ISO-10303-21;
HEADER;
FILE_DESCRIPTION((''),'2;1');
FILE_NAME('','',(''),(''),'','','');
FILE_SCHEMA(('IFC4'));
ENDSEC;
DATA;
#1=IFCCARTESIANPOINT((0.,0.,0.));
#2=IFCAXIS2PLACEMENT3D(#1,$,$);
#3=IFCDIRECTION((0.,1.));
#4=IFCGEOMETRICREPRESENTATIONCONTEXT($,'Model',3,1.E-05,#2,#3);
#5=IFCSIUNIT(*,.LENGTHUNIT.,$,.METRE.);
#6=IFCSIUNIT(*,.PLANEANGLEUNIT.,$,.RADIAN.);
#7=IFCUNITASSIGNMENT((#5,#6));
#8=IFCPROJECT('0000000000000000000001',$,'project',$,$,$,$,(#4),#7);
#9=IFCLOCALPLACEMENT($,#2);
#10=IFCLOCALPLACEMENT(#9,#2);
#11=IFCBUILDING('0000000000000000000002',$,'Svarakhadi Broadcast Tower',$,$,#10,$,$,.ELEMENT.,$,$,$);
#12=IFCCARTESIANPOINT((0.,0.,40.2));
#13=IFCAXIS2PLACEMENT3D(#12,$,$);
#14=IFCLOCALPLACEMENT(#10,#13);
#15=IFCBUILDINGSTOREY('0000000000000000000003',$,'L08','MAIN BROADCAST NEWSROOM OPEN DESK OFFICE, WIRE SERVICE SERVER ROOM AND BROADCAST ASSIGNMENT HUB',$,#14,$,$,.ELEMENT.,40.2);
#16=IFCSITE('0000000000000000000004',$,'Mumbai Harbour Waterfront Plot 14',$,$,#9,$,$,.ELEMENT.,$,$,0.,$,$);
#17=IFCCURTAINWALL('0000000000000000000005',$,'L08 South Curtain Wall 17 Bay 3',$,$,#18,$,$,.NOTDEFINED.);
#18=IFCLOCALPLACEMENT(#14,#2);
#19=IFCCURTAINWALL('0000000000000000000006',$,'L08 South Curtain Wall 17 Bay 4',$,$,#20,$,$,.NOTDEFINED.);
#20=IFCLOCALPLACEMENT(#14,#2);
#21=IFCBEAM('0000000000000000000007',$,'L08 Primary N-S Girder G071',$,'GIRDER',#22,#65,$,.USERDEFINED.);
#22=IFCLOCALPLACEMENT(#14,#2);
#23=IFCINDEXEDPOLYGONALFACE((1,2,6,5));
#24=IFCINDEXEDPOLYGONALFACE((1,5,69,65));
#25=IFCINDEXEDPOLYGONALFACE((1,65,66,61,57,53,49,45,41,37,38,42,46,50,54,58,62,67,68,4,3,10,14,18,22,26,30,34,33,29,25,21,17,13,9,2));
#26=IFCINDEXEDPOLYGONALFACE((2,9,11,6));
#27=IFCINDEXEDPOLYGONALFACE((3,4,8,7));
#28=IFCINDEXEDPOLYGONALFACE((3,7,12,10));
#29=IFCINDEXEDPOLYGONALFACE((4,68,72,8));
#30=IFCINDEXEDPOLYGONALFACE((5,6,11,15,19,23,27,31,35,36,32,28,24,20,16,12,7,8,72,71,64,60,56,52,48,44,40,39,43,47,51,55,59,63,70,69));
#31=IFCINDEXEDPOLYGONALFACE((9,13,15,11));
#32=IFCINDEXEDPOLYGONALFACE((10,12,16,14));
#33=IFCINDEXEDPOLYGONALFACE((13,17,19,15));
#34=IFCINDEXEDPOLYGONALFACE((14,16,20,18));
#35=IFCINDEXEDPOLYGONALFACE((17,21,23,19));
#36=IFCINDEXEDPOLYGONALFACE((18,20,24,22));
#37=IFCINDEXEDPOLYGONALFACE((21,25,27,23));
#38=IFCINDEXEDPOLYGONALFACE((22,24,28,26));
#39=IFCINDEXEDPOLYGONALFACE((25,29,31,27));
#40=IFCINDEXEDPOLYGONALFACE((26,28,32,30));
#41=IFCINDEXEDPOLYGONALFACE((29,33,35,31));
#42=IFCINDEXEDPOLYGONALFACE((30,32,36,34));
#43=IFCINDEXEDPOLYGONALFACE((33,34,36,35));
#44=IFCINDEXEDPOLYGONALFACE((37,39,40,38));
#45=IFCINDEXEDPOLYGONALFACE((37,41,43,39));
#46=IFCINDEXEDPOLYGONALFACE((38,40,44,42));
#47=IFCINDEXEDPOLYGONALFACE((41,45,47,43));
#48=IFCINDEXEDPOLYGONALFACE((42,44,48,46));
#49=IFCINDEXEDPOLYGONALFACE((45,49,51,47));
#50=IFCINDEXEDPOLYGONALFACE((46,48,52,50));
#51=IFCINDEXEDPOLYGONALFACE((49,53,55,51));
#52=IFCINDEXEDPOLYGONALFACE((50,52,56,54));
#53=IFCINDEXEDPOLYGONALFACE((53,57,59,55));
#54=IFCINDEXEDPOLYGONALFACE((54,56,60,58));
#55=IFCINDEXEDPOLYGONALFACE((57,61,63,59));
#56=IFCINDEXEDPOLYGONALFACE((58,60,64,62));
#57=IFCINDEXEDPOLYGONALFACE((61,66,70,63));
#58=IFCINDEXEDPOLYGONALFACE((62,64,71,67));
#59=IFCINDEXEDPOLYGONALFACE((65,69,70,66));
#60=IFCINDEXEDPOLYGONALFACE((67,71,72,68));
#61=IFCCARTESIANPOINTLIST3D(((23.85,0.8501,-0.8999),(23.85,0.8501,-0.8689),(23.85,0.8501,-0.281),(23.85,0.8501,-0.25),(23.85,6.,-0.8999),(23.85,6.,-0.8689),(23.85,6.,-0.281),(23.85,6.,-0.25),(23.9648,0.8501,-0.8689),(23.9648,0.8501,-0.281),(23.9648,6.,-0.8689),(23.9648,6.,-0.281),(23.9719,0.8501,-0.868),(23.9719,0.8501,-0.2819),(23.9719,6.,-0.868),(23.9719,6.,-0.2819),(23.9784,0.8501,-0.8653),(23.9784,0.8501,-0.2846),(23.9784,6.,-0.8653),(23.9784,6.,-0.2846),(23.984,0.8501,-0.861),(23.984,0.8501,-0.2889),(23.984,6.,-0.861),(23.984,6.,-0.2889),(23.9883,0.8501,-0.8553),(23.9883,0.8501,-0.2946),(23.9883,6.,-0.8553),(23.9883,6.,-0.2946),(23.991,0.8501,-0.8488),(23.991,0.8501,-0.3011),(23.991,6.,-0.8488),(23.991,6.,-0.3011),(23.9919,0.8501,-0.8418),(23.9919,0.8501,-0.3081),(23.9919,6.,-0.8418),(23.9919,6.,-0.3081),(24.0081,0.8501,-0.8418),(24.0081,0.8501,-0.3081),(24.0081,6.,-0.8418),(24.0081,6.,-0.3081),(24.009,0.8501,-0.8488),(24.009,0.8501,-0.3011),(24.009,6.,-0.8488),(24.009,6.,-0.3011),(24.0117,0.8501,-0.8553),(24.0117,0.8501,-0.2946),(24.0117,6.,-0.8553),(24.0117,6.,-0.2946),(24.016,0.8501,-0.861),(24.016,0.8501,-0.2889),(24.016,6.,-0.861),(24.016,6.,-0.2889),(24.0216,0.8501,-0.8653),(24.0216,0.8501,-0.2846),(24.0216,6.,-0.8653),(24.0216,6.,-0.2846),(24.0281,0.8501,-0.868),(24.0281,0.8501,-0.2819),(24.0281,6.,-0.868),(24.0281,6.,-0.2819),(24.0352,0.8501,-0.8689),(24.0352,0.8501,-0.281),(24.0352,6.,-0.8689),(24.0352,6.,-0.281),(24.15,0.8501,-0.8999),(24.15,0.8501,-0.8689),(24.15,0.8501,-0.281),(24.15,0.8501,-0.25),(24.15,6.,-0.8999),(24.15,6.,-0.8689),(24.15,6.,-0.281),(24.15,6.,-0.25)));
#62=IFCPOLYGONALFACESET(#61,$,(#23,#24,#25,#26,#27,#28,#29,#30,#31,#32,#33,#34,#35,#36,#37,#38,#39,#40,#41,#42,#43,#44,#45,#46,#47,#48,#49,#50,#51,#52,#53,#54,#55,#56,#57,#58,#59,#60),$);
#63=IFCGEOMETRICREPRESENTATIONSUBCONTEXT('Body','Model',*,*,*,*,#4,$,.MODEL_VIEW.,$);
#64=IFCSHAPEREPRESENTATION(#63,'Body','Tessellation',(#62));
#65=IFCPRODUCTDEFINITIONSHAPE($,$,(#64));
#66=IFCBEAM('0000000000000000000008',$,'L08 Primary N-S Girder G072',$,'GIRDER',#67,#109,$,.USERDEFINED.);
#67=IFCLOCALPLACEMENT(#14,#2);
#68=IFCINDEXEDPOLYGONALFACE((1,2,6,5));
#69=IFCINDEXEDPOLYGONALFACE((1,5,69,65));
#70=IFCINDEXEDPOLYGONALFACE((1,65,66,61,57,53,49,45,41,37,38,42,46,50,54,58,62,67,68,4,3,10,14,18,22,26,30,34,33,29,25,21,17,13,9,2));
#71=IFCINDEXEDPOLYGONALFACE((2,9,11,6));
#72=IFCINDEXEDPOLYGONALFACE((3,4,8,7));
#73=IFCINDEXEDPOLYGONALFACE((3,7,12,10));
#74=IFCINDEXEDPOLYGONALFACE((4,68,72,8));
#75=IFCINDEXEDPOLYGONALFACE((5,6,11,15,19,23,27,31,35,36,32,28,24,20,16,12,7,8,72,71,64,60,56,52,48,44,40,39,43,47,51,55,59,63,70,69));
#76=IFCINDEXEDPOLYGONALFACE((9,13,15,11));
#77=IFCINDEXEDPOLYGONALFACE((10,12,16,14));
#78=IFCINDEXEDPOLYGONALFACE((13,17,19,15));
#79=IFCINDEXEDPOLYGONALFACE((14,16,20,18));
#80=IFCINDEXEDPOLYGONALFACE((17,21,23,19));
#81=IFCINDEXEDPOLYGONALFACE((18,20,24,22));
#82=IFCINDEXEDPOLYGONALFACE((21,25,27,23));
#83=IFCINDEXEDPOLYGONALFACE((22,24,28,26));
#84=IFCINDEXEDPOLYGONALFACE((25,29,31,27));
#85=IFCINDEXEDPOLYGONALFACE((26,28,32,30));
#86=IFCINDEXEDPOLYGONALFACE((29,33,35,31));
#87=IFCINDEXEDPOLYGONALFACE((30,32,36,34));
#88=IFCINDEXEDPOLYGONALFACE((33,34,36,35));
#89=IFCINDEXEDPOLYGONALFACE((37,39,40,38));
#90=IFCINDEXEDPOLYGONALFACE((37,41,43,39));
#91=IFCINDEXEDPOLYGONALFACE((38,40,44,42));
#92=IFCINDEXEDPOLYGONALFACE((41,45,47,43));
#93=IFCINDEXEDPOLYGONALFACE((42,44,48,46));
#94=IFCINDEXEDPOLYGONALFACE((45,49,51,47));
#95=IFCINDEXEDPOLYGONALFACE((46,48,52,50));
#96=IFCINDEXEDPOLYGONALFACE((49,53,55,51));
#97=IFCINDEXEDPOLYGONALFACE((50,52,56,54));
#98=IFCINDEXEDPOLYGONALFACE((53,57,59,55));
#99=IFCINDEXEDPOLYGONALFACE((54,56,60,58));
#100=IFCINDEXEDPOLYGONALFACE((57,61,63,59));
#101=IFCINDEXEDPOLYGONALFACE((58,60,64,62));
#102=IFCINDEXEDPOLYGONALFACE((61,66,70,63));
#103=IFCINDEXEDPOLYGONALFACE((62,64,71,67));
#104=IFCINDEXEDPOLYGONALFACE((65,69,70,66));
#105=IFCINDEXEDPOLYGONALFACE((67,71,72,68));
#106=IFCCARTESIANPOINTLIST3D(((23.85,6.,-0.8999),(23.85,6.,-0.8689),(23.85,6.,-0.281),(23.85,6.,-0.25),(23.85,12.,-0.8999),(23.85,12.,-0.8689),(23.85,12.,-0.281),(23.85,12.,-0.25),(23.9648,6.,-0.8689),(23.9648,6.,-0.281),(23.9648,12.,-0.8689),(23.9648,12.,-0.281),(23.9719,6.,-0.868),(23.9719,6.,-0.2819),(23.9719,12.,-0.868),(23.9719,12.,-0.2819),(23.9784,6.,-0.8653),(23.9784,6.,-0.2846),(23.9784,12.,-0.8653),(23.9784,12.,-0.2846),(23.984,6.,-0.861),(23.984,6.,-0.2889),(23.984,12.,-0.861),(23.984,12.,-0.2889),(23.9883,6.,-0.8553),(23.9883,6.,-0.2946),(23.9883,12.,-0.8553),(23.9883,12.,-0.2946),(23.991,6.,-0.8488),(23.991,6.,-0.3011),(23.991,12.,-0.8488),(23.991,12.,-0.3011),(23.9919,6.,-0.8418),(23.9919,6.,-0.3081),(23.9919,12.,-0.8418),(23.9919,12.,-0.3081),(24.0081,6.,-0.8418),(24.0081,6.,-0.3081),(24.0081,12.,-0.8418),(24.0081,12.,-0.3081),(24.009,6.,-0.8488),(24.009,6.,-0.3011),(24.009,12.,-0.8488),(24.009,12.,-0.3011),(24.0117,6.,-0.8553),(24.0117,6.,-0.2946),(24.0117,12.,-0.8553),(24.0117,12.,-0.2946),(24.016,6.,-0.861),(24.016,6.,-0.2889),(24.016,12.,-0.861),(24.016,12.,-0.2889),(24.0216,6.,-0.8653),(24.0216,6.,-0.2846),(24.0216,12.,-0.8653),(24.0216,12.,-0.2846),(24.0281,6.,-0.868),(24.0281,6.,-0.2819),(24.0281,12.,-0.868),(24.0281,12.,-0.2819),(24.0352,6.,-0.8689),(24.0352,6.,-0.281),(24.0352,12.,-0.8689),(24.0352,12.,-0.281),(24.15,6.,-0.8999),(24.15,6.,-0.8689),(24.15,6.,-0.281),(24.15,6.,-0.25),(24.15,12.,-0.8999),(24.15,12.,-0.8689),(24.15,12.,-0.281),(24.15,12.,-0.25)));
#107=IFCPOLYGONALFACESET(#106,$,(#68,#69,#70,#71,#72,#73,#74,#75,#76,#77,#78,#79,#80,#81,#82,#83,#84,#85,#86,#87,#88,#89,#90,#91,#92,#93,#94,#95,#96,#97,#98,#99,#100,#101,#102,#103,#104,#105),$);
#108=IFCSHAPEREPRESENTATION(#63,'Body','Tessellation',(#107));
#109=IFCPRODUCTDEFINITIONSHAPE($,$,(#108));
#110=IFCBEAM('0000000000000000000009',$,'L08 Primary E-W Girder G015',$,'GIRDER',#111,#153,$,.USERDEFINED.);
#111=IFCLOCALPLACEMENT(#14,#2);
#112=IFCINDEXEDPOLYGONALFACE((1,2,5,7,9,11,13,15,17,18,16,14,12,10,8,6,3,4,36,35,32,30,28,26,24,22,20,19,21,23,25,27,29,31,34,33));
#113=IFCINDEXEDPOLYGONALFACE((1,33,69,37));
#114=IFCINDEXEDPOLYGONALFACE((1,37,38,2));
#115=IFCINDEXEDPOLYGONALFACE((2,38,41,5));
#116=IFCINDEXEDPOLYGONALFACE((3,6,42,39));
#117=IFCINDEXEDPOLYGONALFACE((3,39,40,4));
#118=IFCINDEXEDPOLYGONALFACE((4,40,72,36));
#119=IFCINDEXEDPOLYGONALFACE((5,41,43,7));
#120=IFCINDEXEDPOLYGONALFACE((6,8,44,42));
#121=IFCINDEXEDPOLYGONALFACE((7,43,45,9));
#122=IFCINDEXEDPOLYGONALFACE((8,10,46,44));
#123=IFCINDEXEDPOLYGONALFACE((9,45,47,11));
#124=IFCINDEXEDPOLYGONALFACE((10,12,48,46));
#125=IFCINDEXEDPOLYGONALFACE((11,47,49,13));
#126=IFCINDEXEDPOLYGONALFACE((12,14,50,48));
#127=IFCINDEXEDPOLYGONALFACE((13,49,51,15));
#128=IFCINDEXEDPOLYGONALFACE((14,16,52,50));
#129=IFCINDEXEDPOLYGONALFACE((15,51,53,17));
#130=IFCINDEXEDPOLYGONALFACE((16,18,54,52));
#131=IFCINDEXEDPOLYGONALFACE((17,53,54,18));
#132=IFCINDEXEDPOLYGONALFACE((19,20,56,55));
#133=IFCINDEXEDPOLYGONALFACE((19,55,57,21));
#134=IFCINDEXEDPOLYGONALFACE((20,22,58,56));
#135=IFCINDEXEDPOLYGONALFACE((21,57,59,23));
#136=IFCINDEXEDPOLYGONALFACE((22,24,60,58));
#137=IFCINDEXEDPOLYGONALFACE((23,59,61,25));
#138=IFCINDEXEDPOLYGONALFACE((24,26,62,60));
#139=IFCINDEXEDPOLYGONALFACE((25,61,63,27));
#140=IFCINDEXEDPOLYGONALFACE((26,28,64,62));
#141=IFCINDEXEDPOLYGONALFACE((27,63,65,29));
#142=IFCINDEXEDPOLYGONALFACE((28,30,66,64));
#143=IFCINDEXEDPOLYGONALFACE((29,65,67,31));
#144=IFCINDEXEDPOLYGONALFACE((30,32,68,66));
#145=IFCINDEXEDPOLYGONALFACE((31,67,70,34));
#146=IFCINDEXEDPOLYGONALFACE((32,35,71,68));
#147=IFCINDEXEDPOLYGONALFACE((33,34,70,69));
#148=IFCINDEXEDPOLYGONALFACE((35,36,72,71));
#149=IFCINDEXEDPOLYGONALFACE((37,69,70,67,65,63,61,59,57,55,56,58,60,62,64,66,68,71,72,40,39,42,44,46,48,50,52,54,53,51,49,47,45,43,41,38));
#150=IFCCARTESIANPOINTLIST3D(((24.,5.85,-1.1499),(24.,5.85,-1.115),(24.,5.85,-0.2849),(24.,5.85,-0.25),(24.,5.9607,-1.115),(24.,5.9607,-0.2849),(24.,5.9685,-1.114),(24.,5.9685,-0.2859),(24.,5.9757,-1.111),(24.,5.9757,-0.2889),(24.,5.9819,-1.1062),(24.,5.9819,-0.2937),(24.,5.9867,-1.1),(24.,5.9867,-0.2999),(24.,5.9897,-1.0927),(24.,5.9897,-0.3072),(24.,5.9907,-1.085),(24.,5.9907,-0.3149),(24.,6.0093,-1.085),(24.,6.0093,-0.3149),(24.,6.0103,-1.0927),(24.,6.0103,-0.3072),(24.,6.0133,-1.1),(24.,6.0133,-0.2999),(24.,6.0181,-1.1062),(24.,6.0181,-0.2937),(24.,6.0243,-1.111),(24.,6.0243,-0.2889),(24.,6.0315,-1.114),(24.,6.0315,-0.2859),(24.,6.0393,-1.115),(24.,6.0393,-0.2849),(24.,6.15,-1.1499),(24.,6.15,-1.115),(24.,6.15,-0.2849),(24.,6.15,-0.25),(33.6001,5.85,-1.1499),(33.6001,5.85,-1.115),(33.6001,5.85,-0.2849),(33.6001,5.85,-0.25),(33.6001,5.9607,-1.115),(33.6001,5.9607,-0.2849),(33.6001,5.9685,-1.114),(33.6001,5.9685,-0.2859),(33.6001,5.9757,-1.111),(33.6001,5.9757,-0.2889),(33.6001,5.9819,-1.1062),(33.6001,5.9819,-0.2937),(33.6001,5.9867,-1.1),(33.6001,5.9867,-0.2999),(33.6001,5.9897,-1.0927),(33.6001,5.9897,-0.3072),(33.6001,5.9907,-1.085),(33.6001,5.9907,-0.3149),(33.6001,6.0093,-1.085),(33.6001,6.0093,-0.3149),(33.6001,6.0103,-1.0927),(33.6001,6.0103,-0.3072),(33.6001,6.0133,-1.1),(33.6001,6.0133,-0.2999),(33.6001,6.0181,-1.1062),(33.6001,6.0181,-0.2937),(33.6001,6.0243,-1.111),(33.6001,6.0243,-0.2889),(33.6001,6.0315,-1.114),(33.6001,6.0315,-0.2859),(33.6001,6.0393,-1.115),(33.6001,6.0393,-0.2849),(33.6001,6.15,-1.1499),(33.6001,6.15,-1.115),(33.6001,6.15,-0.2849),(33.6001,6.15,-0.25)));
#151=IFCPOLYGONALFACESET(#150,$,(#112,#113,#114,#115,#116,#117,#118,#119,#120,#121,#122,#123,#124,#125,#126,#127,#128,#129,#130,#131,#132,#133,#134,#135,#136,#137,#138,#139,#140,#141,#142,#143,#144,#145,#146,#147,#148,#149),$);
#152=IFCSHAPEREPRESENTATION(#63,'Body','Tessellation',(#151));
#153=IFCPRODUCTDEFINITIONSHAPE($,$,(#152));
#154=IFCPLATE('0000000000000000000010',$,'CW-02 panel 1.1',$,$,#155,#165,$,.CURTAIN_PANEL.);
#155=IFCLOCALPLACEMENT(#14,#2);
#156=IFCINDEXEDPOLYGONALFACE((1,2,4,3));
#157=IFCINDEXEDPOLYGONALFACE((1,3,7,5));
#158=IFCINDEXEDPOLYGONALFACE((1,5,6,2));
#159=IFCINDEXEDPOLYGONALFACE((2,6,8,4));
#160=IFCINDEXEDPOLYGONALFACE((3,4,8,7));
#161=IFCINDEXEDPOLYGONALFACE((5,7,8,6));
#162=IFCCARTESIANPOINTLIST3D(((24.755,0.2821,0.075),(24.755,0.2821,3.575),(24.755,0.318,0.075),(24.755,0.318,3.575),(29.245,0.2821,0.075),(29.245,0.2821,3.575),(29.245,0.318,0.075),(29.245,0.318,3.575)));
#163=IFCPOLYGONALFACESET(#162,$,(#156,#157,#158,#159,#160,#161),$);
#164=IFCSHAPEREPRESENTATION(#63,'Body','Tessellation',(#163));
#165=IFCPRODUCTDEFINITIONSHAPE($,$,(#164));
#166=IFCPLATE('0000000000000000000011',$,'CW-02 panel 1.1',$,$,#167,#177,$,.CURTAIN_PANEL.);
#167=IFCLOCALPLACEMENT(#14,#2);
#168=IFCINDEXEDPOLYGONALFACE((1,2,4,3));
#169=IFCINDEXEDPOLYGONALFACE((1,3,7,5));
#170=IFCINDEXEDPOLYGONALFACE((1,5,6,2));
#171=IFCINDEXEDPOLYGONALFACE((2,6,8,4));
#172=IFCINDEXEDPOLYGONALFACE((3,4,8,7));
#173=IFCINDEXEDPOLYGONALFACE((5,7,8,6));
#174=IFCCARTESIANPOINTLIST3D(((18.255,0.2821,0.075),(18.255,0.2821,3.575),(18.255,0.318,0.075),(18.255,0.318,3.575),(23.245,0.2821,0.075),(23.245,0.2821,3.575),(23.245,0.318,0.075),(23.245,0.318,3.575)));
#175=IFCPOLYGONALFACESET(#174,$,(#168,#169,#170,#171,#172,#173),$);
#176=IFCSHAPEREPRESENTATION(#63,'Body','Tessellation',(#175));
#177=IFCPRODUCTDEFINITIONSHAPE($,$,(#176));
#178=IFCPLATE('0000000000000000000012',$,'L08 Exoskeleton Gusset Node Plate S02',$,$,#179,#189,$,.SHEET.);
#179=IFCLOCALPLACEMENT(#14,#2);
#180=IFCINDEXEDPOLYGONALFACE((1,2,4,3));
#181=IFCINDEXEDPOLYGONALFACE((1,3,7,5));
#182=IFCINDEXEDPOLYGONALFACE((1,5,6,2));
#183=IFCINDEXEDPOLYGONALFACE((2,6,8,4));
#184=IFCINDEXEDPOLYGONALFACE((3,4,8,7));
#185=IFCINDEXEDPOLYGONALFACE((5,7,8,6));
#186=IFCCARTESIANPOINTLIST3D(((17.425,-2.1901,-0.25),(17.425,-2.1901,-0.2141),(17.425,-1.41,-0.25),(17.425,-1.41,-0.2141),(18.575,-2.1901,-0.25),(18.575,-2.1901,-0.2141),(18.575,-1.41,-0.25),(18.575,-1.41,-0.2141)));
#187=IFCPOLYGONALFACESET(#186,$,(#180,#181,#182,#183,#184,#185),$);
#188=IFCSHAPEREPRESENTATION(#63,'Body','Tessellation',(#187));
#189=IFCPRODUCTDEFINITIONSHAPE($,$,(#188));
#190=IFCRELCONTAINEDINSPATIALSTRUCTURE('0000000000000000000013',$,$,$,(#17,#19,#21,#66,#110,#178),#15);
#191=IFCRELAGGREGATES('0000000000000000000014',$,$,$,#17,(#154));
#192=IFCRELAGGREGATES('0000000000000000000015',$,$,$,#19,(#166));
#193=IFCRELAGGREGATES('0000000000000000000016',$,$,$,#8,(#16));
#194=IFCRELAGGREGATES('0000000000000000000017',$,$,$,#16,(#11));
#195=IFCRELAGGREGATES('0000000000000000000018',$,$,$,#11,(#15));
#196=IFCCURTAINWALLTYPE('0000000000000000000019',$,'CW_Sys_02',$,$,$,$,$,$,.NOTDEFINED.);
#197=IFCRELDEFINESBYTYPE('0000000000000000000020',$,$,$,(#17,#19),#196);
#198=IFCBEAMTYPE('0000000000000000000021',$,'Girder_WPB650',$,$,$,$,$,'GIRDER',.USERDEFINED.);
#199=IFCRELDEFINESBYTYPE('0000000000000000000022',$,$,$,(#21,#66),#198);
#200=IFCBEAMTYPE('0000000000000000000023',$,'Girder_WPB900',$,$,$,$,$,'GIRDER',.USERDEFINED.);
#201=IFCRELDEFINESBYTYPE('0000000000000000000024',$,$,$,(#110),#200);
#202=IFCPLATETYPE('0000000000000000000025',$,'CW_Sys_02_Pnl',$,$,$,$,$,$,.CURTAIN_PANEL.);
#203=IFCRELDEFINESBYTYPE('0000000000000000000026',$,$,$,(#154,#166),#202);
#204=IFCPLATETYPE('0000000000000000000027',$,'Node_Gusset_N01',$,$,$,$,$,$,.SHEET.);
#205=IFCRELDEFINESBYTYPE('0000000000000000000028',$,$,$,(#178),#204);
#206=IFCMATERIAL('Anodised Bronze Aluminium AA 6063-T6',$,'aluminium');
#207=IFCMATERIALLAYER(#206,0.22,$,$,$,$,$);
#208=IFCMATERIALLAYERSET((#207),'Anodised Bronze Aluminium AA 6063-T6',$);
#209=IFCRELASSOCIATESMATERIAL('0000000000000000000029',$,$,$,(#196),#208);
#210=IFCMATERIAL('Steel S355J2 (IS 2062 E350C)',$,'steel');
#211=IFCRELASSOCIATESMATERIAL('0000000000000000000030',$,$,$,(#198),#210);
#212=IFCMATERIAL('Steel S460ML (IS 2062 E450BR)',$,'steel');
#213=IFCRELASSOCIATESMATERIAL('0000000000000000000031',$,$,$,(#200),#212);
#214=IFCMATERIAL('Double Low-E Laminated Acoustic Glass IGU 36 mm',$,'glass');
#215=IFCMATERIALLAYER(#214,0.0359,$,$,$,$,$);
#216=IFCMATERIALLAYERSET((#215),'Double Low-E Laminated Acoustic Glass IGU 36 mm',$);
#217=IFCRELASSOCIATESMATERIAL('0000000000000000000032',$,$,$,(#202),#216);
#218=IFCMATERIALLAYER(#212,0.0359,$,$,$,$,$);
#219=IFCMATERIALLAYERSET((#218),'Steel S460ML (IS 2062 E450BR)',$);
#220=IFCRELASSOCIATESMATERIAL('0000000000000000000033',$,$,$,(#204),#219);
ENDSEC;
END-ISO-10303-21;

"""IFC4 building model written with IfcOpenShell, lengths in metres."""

from ifc_helpers import new_model, si_unit, direction, frame, origin, origin_2d, place, context, subcontext, project, spatial, rectangle, i_section, extrude, material, layer, layer_set, material_profile, profile_set, type_object, element, aggregate, save


model = new_model("IFC4")

# Units and contexts
model_context = context("Model", 3, precision=1e-05, world=origin(), true_north=direction((0.0, 1.0)))
body_context = subcontext(model_context, "Body", "Model", "MODEL_VIEW")
ifc_project = project(units=[si_unit("LENGTHUNIT", "METRE"), si_unit("PLANEANGLEUNIT", "RADIAN")], contexts=[model_context])

# Site, building, storey
site_placement = place(None, origin())
site = spatial("IfcSite", under=ifc_project, at=site_placement, Name="Mumbai Harbour Waterfront Plot 14", CompositionType="ELEMENT", RefElevation=0.0)
building_placement = place(site_placement, origin())
building = spatial("IfcBuilding", under=site, at=building_placement, Name="Svarakhadi Broadcast Tower", CompositionType="ELEMENT")
storey_placement = place(building_placement, frame((0.0, 0.0, 40.2)))
storey = spatial("IfcBuildingStorey", under=building, at=storey_placement, Name="L08", Description="MAIN BROADCAST NEWSROOM OPEN DESK OFFICE, WIRE SERVICE SERVER ROOM AND BROADCAST ASSIGNMENT HUB", CompositionType="ELEMENT", Elevation=40.2)

# Shared definitions
ifc_material_1 = material(Name="Steel S355J2 (IS 2062 E350C)", Category="steel")

# Curtain wall
ifc_material_2 = material(Name="Anodised Bronze Aluminium AA 6063-T6", Category="aluminium")
ifc_layer_1 = layer(ifc_material_2, 0.22)
ifc_layer_set_1 = layer_set([ifc_layer_1], Name="Anodised Bronze Aluminium AA 6063-T6")
curtain_wall_type = type_object("IfcCurtainWallType", Name="CW_Sys_02", PredefinedType="NOTDEFINED", material=ifc_layer_set_1)
curtain_wall_1_placement = place(storey_placement, origin())
curtain_wall_1 = element("IfcCurtainWall", 1, at=curtain_wall_1_placement, inside=storey, type_object=curtain_wall_type, Name="L08 South Curtain Wall 17 Bay 3", PredefinedType="NOTDEFINED")

# Curtain wall
curtain_wall_2_placement = place(storey_placement, origin())
curtain_wall_2 = element("IfcCurtainWall", 2, at=curtain_wall_2_placement, inside=storey, type_object=curtain_wall_type, Name="L08 South Curtain Wall 17 Bay 4", PredefinedType="NOTDEFINED")

# Shared definitions
ifc_material_3 = material(Name="Steel S460ML (IS 2062 E450BR)", Category="steel")

# Beams
ifc_material_profile_1 = material_profile(ifc_material_1, i_section(OverallWidth=0.3, OverallDepth=0.6499, WebThickness=0.0161, FlangeThickness=0.031, FilletRadius=0.0271, at=origin_2d()), Name="WPB 650x300x225")
ifc_profile_set_1 = profile_set([ifc_material_profile_1], Name="Steel S355J2 (IS 2062 E350C)")
beam_type_1 = type_object("IfcBeamType", Name="Girder_WPB650", ElementType="GIRDER", PredefinedType="USERDEFINED", material=ifc_profile_set_1)
beam_1_placement = place(storey_placement, frame((24.0, 0.8501, -0.575), z_axis=(0.0, 1.0, 0.0), x_axis=(-1.0, 0.0, 0.0)))
element("IfcBeam", 3, at=beam_1_placement, inside=storey, type_object=beam_type_1, Name="L08 Primary N-S Girder G071", ObjectType="GIRDER", PredefinedType="USERDEFINED", context=body_context, shape_type="SweptSolid", body=[
    extrude(i_section(OverallWidth=0.3, OverallDepth=0.6499, WebThickness=0.0161, FlangeThickness=0.031, FilletRadius=0.0271, at=origin_2d()), origin(), (0.0, 0.0, 1.0), 5.1499),
])
beam_2_placement = place(storey_placement, frame((24.0, 6.0, -0.575), z_axis=(0.0, 1.0, 0.0), x_axis=(-1.0, 0.0, 0.0)))
element("IfcBeam", 4, at=beam_2_placement, inside=storey, type_object=beam_type_1, Name="L08 Primary N-S Girder G072", ObjectType="GIRDER", PredefinedType="USERDEFINED", context=body_context, shape_type="SweptSolid", body=[
    extrude(i_section(OverallWidth=0.3, OverallDepth=0.6499, WebThickness=0.0161, FlangeThickness=0.031, FilletRadius=0.0271, at=origin_2d()), origin(), (0.0, 0.0, 1.0), 6.0),
])
ifc_material_profile_2 = material_profile(ifc_material_3, i_section(OverallWidth=0.3, OverallDepth=0.8999, WebThickness=0.0186, FlangeThickness=0.0349, FilletRadius=0.03, at=origin_2d()), Name="WPB 900x300x291")
ifc_profile_set_2 = profile_set([ifc_material_profile_2], Name="Steel S460ML (IS 2062 E450BR)")
beam_type_2 = type_object("IfcBeamType", Name="Girder_WPB900", ElementType="GIRDER", PredefinedType="USERDEFINED", material=ifc_profile_set_2)
beam_3_placement = place(storey_placement, frame((24.0, 6.0, -0.7), z_axis=(1.0, 0.0, 0.0), x_axis=(0.0, 1.0, 0.0)))
element("IfcBeam", 5, at=beam_3_placement, inside=storey, type_object=beam_type_2, Name="L08 Primary E-W Girder G015", ObjectType="GIRDER", PredefinedType="USERDEFINED", context=body_context, shape_type="SweptSolid", body=[
    extrude(i_section(OverallWidth=0.3, OverallDepth=0.8999, WebThickness=0.0186, FlangeThickness=0.0349, FilletRadius=0.03, at=origin_2d()), origin(), (0.0, 0.0, 1.0), 9.6001),
])

# Plates
ifc_material_4 = material(Name="Double Low-E Laminated Acoustic Glass IGU 36 mm", Category="glass")
ifc_layer_2 = layer(ifc_material_4, 0.0359)
ifc_layer_set_2 = layer_set([ifc_layer_2], Name="Double Low-E Laminated Acoustic Glass IGU 36 mm")
plate_type_1 = type_object("IfcPlateType", Name="CW_Sys_02_Pnl", PredefinedType="CURTAIN_PANEL", material=ifc_layer_set_2)
plate_1_placement = place(storey_placement, frame((27.0, 0.3, 0.075), z_axis=(0.0, 0.0, 1.0), x_axis=(-1.0, 0.0, 0.0)))
plate_1 = element("IfcPlate", 6, at=plate_1_placement, type_object=plate_type_1, Name="CW-02 panel 1.1", PredefinedType="CURTAIN_PANEL", context=body_context, shape_type="SweptSolid", body=[
    extrude(rectangle(XDim=4.49, YDim=0.0359, at=origin_2d()), origin(), (0.0, 0.0, 1.0), 3.5),
])
aggregate(curtain_wall_1, [plate_1])
plate_2_placement = place(storey_placement, frame((20.75, 0.3, 0.075), z_axis=(0.0, 0.0, 1.0), x_axis=(-1.0, 0.0, 0.0)))
plate_2 = element("IfcPlate", 7, at=plate_2_placement, type_object=plate_type_1, Name="CW-02 panel 1.1", PredefinedType="CURTAIN_PANEL", context=body_context, shape_type="SweptSolid", body=[
    extrude(rectangle(XDim=4.99, YDim=0.0359, at=origin_2d()), origin(), (0.0, 0.0, 1.0), 3.5),
])
aggregate(curtain_wall_2, [plate_2])

# Plate
ifc_layer_3 = layer(ifc_material_3, 0.0359)
ifc_layer_set_3 = layer_set([ifc_layer_3], Name="Steel S460ML (IS 2062 E450BR)")
plate_type_2 = type_object("IfcPlateType", Name="Node_Gusset_N01", PredefinedType="SHEET", material=ifc_layer_set_3)
plate_3_placement = place(storey_placement, frame((18.0, -1.8, -0.25), z_axis=(0.0, 0.0, 1.0), x_axis=(1.0, 0.0, 0.0)))
element("IfcPlate", 8, at=plate_3_placement, inside=storey, type_object=plate_type_2, Name="L08 Exoskeleton Gusset Node Plate S02", PredefinedType="SHEET", context=body_context, shape_type="SweptSolid", body=[
    extrude(rectangle(XDim=1.1499, YDim=0.78, at=origin_2d()), origin(), (0.0, 0.0, 1.0), 0.0359),
])

save(model, "model.ifc")
